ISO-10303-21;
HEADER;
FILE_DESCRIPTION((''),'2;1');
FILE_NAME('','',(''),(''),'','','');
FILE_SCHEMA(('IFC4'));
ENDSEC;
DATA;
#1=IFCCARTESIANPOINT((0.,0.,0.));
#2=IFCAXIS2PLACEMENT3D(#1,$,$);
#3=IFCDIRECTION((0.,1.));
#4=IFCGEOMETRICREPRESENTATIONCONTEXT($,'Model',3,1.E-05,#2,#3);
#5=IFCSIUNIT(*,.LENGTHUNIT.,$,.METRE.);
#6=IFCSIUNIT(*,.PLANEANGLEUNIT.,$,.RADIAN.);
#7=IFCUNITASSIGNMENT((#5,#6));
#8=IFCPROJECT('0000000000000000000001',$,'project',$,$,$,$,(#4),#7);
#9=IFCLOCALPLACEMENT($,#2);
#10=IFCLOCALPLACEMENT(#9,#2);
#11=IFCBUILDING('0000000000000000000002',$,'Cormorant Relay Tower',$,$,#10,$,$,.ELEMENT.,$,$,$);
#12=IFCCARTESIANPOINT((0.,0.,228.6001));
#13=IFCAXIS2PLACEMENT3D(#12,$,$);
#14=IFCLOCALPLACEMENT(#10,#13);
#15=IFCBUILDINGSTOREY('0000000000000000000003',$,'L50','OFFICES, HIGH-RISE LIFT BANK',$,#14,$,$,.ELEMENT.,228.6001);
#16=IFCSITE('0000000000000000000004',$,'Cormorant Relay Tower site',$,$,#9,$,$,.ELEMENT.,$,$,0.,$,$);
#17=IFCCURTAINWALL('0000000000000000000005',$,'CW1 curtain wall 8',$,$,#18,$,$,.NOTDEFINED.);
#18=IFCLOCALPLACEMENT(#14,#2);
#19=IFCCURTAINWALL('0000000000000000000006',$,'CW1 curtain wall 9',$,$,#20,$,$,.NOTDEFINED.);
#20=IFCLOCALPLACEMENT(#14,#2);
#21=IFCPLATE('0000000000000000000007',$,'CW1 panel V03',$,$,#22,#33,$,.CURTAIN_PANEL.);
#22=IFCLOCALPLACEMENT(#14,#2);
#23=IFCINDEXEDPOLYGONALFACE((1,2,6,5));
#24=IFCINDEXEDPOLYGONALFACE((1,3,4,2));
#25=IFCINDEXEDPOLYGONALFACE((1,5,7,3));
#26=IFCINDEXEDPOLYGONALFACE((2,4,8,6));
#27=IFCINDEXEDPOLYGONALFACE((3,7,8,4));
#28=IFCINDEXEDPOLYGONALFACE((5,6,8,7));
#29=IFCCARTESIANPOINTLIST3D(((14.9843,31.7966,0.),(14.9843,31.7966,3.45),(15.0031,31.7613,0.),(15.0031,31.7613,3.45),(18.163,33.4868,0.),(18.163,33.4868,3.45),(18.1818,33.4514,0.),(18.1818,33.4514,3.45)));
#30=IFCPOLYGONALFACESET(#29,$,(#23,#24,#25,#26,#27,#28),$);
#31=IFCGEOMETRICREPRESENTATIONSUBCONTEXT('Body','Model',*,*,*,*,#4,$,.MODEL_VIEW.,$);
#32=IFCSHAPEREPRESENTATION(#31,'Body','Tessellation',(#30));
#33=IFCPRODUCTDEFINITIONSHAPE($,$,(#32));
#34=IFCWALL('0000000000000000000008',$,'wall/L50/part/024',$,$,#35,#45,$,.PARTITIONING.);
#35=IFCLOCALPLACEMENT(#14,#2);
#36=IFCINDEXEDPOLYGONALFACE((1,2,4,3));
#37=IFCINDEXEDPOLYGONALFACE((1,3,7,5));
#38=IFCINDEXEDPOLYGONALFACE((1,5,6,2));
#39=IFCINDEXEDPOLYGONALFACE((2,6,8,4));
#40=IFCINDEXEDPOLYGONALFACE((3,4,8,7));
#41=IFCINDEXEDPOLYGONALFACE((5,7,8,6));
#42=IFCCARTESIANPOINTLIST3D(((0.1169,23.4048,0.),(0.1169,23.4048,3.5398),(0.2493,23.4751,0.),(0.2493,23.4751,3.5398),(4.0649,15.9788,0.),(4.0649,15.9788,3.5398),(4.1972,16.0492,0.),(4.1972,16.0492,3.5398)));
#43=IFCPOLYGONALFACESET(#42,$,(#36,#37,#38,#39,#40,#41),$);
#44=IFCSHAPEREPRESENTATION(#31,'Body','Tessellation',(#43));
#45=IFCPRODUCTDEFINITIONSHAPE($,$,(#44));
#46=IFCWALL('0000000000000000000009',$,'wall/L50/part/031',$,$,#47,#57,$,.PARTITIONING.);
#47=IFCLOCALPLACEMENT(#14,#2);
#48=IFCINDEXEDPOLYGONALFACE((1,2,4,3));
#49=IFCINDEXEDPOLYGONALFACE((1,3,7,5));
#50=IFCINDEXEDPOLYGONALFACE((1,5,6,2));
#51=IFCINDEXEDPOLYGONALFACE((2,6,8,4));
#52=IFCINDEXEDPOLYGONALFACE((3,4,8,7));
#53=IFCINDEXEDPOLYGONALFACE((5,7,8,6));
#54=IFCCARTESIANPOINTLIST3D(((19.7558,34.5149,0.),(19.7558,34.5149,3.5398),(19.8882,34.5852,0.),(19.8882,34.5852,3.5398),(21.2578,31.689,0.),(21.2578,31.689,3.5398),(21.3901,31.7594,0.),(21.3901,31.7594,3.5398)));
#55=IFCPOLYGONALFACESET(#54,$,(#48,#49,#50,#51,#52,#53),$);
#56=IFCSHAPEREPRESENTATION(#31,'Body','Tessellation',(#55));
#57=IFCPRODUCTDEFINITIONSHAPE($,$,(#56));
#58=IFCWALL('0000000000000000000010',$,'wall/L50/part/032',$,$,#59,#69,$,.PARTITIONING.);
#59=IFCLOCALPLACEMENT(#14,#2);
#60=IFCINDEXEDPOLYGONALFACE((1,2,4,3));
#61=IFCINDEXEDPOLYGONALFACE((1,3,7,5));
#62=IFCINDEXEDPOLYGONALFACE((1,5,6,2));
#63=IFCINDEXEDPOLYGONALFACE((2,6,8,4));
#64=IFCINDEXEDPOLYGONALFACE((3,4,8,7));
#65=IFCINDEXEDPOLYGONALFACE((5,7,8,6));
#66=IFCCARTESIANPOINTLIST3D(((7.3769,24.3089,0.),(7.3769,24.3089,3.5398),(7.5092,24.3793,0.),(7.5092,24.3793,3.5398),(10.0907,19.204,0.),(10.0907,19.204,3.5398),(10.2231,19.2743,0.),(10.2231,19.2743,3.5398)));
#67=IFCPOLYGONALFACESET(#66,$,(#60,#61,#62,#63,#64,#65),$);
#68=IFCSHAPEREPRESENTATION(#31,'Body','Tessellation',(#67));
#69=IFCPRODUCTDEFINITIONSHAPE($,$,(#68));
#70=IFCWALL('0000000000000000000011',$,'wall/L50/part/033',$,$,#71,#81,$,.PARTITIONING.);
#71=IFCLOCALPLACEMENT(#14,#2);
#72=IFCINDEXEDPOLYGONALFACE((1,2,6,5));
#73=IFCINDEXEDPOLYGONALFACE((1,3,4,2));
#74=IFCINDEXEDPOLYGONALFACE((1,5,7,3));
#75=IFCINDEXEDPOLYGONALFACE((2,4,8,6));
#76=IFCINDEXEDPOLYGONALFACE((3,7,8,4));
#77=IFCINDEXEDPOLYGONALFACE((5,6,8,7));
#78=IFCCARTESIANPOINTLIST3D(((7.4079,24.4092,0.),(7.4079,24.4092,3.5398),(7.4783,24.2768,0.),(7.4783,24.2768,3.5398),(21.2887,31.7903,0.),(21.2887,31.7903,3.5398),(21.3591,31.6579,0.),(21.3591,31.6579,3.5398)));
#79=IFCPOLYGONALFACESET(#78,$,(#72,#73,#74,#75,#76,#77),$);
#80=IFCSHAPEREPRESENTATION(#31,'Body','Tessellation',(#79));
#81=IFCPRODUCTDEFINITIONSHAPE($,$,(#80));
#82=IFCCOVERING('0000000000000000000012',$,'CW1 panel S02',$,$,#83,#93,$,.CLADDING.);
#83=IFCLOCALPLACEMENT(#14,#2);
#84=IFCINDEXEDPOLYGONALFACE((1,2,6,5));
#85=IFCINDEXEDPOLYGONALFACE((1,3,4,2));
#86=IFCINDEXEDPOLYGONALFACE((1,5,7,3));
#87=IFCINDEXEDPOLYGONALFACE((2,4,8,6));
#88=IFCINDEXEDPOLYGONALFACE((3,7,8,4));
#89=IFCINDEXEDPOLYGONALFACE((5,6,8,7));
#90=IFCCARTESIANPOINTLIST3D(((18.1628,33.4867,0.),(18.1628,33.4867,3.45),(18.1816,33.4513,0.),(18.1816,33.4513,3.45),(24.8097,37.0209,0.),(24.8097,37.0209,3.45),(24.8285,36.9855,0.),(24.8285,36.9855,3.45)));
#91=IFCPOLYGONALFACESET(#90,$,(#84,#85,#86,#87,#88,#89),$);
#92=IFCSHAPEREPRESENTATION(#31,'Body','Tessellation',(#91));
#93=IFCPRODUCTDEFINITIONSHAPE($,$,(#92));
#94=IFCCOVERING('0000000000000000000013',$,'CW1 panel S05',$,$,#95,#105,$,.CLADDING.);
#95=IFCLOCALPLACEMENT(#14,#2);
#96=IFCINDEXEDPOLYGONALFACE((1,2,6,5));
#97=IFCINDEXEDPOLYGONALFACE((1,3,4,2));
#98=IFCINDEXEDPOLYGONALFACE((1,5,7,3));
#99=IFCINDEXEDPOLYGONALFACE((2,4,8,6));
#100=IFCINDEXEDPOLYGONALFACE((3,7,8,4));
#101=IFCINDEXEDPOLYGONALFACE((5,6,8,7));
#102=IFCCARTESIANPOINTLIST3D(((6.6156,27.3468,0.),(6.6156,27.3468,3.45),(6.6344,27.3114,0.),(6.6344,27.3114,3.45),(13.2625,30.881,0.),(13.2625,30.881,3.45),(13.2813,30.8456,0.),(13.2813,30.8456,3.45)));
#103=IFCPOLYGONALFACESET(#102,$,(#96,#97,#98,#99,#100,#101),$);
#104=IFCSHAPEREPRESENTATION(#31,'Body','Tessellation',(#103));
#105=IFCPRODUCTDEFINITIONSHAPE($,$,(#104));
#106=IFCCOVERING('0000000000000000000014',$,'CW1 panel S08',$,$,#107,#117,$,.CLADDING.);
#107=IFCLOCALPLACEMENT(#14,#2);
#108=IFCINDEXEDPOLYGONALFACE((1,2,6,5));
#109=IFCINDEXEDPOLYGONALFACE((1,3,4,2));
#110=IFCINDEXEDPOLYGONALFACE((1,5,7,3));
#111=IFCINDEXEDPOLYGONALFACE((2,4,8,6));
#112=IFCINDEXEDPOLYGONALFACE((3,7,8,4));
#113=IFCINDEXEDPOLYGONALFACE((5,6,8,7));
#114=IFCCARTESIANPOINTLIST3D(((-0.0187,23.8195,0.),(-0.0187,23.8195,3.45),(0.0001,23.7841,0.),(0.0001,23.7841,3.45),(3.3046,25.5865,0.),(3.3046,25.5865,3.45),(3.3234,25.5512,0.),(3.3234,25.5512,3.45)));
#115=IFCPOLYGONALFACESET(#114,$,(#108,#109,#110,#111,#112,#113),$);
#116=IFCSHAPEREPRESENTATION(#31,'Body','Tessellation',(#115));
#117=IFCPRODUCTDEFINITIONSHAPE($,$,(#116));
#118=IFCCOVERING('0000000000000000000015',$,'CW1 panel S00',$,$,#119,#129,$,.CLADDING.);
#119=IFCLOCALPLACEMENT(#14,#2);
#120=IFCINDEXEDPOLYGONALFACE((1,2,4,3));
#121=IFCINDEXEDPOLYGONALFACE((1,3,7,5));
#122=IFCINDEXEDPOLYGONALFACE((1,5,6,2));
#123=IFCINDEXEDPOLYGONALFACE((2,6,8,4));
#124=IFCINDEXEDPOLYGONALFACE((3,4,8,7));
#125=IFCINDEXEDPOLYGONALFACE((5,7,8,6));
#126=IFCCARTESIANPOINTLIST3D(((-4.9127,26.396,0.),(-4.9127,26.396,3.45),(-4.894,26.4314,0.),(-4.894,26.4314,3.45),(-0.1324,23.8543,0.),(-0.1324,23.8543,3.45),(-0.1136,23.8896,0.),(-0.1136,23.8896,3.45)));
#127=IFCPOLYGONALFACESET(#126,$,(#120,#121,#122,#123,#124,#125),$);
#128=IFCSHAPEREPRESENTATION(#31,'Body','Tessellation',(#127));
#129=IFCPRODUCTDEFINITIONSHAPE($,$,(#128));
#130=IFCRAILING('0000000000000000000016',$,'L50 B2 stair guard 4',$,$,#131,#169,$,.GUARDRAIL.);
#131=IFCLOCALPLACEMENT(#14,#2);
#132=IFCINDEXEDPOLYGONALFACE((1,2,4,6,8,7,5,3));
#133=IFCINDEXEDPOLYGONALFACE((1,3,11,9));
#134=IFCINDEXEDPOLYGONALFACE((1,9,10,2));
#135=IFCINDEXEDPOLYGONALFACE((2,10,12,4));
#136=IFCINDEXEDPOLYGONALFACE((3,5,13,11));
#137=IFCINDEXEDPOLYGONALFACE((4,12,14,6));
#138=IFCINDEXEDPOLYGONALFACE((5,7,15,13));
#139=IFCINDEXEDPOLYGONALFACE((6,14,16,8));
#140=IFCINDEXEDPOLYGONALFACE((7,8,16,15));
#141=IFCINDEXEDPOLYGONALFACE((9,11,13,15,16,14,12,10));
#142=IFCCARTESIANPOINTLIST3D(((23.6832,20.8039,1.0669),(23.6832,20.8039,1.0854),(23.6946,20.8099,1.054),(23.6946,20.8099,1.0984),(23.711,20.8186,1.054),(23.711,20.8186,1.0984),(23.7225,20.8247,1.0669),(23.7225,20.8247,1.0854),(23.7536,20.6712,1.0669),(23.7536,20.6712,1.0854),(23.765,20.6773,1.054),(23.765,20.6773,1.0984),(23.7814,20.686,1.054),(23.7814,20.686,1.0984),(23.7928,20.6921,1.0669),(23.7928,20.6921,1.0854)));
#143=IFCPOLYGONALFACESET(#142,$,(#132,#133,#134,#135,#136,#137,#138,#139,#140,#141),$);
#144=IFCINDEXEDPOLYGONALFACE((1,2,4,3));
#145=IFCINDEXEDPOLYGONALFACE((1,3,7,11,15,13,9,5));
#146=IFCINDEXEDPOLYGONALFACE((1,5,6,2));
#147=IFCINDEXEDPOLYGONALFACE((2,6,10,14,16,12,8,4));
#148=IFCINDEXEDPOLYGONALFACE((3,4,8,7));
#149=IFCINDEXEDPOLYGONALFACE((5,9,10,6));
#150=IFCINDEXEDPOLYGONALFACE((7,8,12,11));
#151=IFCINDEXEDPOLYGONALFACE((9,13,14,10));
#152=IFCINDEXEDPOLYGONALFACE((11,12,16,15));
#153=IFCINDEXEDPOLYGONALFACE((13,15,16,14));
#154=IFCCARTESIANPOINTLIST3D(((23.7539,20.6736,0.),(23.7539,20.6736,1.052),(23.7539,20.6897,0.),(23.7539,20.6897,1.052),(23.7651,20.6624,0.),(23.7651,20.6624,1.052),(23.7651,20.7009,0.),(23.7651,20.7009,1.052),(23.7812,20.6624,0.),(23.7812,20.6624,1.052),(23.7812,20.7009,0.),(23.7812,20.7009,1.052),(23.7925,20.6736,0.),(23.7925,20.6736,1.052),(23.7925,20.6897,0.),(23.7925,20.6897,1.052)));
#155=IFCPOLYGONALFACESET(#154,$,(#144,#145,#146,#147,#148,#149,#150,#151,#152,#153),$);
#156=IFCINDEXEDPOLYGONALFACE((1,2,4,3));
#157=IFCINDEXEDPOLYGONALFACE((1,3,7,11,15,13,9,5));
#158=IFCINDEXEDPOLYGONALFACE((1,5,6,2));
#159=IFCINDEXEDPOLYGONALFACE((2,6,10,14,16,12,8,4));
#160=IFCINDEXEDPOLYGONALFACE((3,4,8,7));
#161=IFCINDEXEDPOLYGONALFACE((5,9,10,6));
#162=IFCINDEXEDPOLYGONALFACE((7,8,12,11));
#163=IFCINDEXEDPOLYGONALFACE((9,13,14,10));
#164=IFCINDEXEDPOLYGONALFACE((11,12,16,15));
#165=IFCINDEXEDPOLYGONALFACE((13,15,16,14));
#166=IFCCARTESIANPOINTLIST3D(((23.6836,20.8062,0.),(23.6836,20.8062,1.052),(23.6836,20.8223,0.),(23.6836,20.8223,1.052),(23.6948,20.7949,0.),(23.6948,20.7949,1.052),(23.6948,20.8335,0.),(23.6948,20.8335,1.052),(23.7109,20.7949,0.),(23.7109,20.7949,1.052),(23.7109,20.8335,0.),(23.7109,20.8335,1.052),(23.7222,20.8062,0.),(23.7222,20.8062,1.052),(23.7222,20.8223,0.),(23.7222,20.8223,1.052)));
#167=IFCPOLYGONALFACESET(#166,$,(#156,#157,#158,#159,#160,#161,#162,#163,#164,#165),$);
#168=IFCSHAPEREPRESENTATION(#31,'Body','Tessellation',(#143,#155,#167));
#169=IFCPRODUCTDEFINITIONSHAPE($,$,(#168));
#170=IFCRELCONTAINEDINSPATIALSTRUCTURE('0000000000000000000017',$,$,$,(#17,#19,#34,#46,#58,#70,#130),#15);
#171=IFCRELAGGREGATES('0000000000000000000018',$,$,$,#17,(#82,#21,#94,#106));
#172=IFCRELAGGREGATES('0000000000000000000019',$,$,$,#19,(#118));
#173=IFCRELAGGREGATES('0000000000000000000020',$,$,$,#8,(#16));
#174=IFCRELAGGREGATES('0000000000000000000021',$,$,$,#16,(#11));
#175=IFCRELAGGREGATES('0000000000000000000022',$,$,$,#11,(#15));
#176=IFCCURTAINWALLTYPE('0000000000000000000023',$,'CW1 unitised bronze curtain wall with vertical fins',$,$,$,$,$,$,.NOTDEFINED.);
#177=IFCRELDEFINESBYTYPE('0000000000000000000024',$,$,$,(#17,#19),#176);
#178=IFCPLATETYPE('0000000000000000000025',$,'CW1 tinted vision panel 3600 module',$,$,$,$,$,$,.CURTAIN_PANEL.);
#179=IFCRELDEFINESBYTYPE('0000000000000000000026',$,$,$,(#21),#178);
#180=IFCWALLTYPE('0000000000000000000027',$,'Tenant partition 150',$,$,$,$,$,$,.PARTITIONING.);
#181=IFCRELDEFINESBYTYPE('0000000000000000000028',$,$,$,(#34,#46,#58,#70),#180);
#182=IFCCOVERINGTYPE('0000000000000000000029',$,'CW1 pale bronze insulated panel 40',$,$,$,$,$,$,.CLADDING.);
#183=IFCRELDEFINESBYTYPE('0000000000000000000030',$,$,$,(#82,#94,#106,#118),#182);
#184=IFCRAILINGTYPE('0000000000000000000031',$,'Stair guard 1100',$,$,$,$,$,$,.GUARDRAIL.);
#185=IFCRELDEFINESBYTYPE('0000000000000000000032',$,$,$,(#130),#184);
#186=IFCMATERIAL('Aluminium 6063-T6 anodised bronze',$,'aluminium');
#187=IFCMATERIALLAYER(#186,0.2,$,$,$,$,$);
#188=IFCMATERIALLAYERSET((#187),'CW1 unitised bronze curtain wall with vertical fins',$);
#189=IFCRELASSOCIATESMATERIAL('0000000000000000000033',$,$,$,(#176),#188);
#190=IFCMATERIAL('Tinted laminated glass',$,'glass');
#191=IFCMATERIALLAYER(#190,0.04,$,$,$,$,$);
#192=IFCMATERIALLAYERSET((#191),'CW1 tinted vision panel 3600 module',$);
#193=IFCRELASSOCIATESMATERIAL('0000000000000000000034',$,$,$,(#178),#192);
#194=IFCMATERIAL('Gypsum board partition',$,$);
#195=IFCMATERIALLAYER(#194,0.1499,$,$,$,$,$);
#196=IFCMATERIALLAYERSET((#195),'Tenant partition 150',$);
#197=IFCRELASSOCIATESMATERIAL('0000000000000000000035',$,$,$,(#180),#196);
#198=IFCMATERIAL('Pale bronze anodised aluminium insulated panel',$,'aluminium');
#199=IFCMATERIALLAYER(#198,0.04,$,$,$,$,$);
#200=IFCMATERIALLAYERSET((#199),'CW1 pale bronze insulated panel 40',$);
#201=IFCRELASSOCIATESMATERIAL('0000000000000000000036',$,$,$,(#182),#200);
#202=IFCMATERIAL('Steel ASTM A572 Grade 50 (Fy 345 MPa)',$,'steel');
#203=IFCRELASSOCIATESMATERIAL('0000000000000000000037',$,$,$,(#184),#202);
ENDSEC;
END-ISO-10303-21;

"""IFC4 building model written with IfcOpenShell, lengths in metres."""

from ifc_helpers import new_model, si_unit, direction, frame, frame_2d, origin, origin_2d, place, context, subcontext, project, spatial, polyline, rectangle, outline, extrude, material, layer, layer_set, type_object, element, aggregate, save


model = new_model("IFC4")

# Units and contexts
model_context = context("Model", 3, precision=1e-05, world=origin(), true_north=direction((0.0, 1.0)))
body_context = subcontext(model_context, "Body", "Model", "MODEL_VIEW")
ifc_project = project(units=[si_unit("LENGTHUNIT", "METRE"), si_unit("PLANEANGLEUNIT", "RADIAN")], contexts=[model_context])

# Site, building, storey
site_placement = place(None, origin())
site = spatial("IfcSite", under=ifc_project, at=site_placement, Name="Cormorant Relay Tower site", CompositionType="ELEMENT", RefElevation=0.0)
building_placement = place(site_placement, origin())
building = spatial("IfcBuilding", under=site, at=building_placement, Name="Cormorant Relay Tower", CompositionType="ELEMENT")
storey_placement = place(building_placement, frame((0.0, 0.0, 228.6001)))
storey = spatial("IfcBuildingStorey", under=building, at=storey_placement, Name="L50", Description="OFFICES, HIGH-RISE LIFT BANK", CompositionType="ELEMENT", Elevation=228.6001)

# Curtain walls
ifc_material_1 = material(Name="Aluminium 6063-T6 anodised bronze", Category="aluminium")
ifc_layer_1 = layer(ifc_material_1, 0.2)
ifc_layer_set_1 = layer_set([ifc_layer_1], Name="CW1 unitised bronze curtain wall with vertical fins")
curtain_wall_type = type_object("IfcCurtainWallType", Name="CW1 unitised bronze curtain wall with vertical fins", PredefinedType="NOTDEFINED", material=ifc_layer_set_1)
curtain_wall_1_placement = place(storey_placement, origin())
curtain_wall_1 = element("IfcCurtainWall", 1, at=curtain_wall_1_placement, inside=storey, type_object=curtain_wall_type, Name="CW1 curtain wall 8", PredefinedType="NOTDEFINED")
curtain_wall_2_placement = place(storey_placement, origin())
curtain_wall_2 = element("IfcCurtainWall", 2, at=curtain_wall_2_placement, inside=storey, type_object=curtain_wall_type, Name="CW1 curtain wall 9", PredefinedType="NOTDEFINED")

# Plate
ifc_material_2 = material(Name="Tinted laminated glass", Category="glass")
ifc_layer_2 = layer(ifc_material_2, 0.04)
ifc_layer_set_2 = layer_set([ifc_layer_2], Name="CW1 tinted vision panel 3600 module")
plate_type_1 = type_object("IfcPlateType", Name="CW1 tinted vision panel 3600 module", PredefinedType="CURTAIN_PANEL", material=ifc_layer_set_2)
plate_1_placement = place(storey_placement, frame((16.583, 32.624, 0.0), z_axis=(0.0, 0.0, 1.0), x_axis=(-0.882948, -0.469472, 0.0)))
plate_1 = element("IfcPlate", 3, at=plate_1_placement, type_object=plate_type_1, Name="CW1 panel V03", PredefinedType="CURTAIN_PANEL", context=body_context, shape_type="SweptSolid", body=[
    extrude(rectangle(XDim=3.6001, YDim=0.04, at=origin_2d()), origin(), (0.0, 0.0, 1.0), 3.45),
])

# Walls
ifc_material_3 = material(Name="Gypsum board partition")
ifc_layer_3 = layer(ifc_material_3, 0.1499)
ifc_layer_set_3 = layer_set([ifc_layer_3], Name="Tenant partition 150")
wall_type = type_object("IfcWallType", Name="Tenant partition 150", PredefinedType="PARTITIONING", material=ifc_layer_set_3)
wall_1_placement = place(storey_placement, frame((0.1831, 23.4399, 0.0), z_axis=(0.0, 0.0, 1.0), x_axis=(0.469426, -0.882972, 0.0)))
element("IfcWall", 4, at=wall_1_placement, inside=storey, type_object=wall_type, Name="wall/L50/part/024", PredefinedType="PARTITIONING", context=body_context, shape_type="SweptSolid", body=[
    extrude(rectangle(XDim=8.4102, YDim=0.1499, at=frame_2d((4.2051, 0.0))), origin(), (0.0, 0.0, 1.0), 3.5398),
])
wall_2_placement = place(storey_placement, frame((19.822, 34.55, 0.0), z_axis=(0.0, 0.0, 1.0), x_axis=(0.469321, -0.883028, 0.0)))
element("IfcWall", 5, at=wall_2_placement, inside=storey, type_object=wall_type, Name="wall/L50/part/031", PredefinedType="PARTITIONING", context=body_context, shape_type="SweptSolid", body=[
    extrude(rectangle(XDim=3.2002, YDim=0.1499, at=frame_2d((1.6001, 0.0))), origin(), (0.0, 0.0, 1.0), 3.5398),
])
wall_3_placement = place(storey_placement, frame((7.4431, 24.344, 0.0), z_axis=(0.0, 0.0, 1.0), x_axis=(0.469404, -0.882983, 0.0)))
element("IfcWall", 6, at=wall_3_placement, inside=storey, type_object=wall_type, Name="wall/L50/part/032", PredefinedType="PARTITIONING", context=body_context, shape_type="SweptSolid", body=[
    extrude(rectangle(XDim=5.7815, YDim=0.1499, at=frame_2d((2.8906, 0.0))), origin(), (0.0, 0.0, 1.0), 3.5398),
])
wall_4_placement = place(storey_placement, frame((7.4431, 24.343, 0.0), z_axis=(0.0, 0.0, 1.0), x_axis=(0.882934, 0.469497, 0.0)))
element("IfcWall", 7, at=wall_4_placement, inside=storey, type_object=wall_type, Name="wall/L50/part/033", PredefinedType="PARTITIONING", context=body_context, shape_type="SweptSolid", body=[
    extrude(rectangle(XDim=15.7212, YDim=0.1499, at=frame_2d((7.8606, 0.0))), origin(), (0.0, 0.0, 1.0), 3.5398),
])

# Coverings
ifc_material_4 = material(Name="Pale bronze anodised aluminium insulated panel", Category="aluminium")
ifc_layer_4 = layer(ifc_material_4, 0.04)
ifc_layer_set_4 = layer_set([ifc_layer_4], Name="CW1 pale bronze insulated panel 40")
covering_type = type_object("IfcCoveringType", Name="CW1 pale bronze insulated panel 40", PredefinedType="CLADDING", material=ifc_layer_set_4)
covering_1_placement = place(storey_placement, frame((21.4956, 35.2361, 0.0), z_axis=(0.0, 0.0, 1.0), x_axis=(-0.882948, -0.469472, 0.0)))
covering_1 = element("IfcCovering", 8, at=covering_1_placement, type_object=covering_type, Name="CW1 panel S02", PredefinedType="CLADDING", context=body_context, shape_type="SweptSolid", body=[
    extrude(rectangle(XDim=7.5281, YDim=0.04, at=origin_2d()), origin(), (0.0, 0.0, 1.0), 3.45),
])
covering_2_placement = place(storey_placement, frame((9.9485, 29.0962, 0.0), z_axis=(0.0, 0.0, 1.0), x_axis=(-0.882948, -0.469472, 0.0)))
covering_2 = element("IfcCovering", 9, at=covering_2_placement, type_object=covering_type, Name="CW1 panel S05", PredefinedType="CLADDING", context=body_context, shape_type="SweptSolid", body=[
    extrude(rectangle(XDim=7.5281, YDim=0.04, at=origin_2d()), origin(), (0.0, 0.0, 1.0), 3.45),
])
covering_3_placement = place(storey_placement, frame((1.6523, 24.6853, 0.0), z_axis=(0.0, 0.0, 1.0), x_axis=(-0.882948, -0.469472, 0.0)))
covering_3 = element("IfcCovering", 10, at=covering_3_placement, type_object=covering_type, Name="CW1 panel S08", PredefinedType="CLADDING", context=body_context, shape_type="SweptSolid", body=[
    extrude(rectangle(XDim=3.7639, YDim=0.04, at=origin_2d()), origin(), (0.0, 0.0, 1.0), 3.45),
])
aggregate(curtain_wall_1, [covering_1, plate_1, covering_2, covering_3])
covering_4_placement = place(storey_placement, frame((-2.5132, 25.1428, 0.0), z_axis=(0.0, 0.0, 1.0), x_axis=(-0.882948, 0.469472, 0.0)))
covering_4 = element("IfcCovering", 11, at=covering_4_placement, type_object=covering_type, Name="CW1 panel S00", PredefinedType="CLADDING", context=body_context, shape_type="SweptSolid", body=[
    extrude(rectangle(XDim=5.4141, YDim=0.04, at=origin_2d()), origin(), (0.0, 0.0, 1.0), 3.45),
])
aggregate(curtain_wall_2, [covering_4])

# Railing
ifc_material_5 = material(Name="Steel ASTM A572 Grade 50 (Fy 345 MPa)", Category="steel")
railing_type = type_object("IfcRailingType", Name="Stair guard 1100", PredefinedType="GUARDRAIL", material=ifc_material_5)
railing_placement = place(storey_placement, frame((23.7732, 20.6816, 0.0)))
element("IfcRailing", 12, at=railing_placement, inside=storey, type_object=railing_type, Name="L50 B2 stair guard 4", PredefinedType="GUARDRAIL", context=body_context, shape_type="SweptSolid", body=[
    extrude(outline(polyline([(0.0222, 0.0093), (0.0093, 0.0222), (-0.0093, 0.0222), (-0.0222, 0.0093), (-0.0222, -0.0093), (-0.0093, -0.0222), (0.0093, -0.0222), (0.0222, -0.0093), (0.0222, 0.0093)])), frame((0.0, 0.0, 1.0762), z_axis=(-0.46856, 0.883431, 0.0), x_axis=(-0.883431, -0.46856, 0.0)), (0.0, 0.0, 1.0), 0.1501),
    extrude(outline(polyline([(0.0193, 0.0081), (0.0081, 0.0193), (-0.0081, 0.0193), (-0.0193, 0.0081), (-0.0193, -0.0081), (-0.0081, -0.0193), (0.0081, -0.0193), (0.0193, -0.0081), (0.0193, 0.0081)])), origin(), (0.0, 0.0, 1.0), 1.052),
    extrude(outline(polyline([(0.0193, 0.0081), (0.0081, 0.0193), (-0.0081, 0.0193), (-0.0193, 0.0081), (-0.0193, -0.0081), (-0.0081, -0.0193), (0.0081, -0.0193), (0.0193, -0.0081), (0.0193, 0.0081)])), frame((-0.0703, 0.1326, 0.0)), (0.0, 0.0, 1.0), 1.052),
])

save(model, "model.ifc")
